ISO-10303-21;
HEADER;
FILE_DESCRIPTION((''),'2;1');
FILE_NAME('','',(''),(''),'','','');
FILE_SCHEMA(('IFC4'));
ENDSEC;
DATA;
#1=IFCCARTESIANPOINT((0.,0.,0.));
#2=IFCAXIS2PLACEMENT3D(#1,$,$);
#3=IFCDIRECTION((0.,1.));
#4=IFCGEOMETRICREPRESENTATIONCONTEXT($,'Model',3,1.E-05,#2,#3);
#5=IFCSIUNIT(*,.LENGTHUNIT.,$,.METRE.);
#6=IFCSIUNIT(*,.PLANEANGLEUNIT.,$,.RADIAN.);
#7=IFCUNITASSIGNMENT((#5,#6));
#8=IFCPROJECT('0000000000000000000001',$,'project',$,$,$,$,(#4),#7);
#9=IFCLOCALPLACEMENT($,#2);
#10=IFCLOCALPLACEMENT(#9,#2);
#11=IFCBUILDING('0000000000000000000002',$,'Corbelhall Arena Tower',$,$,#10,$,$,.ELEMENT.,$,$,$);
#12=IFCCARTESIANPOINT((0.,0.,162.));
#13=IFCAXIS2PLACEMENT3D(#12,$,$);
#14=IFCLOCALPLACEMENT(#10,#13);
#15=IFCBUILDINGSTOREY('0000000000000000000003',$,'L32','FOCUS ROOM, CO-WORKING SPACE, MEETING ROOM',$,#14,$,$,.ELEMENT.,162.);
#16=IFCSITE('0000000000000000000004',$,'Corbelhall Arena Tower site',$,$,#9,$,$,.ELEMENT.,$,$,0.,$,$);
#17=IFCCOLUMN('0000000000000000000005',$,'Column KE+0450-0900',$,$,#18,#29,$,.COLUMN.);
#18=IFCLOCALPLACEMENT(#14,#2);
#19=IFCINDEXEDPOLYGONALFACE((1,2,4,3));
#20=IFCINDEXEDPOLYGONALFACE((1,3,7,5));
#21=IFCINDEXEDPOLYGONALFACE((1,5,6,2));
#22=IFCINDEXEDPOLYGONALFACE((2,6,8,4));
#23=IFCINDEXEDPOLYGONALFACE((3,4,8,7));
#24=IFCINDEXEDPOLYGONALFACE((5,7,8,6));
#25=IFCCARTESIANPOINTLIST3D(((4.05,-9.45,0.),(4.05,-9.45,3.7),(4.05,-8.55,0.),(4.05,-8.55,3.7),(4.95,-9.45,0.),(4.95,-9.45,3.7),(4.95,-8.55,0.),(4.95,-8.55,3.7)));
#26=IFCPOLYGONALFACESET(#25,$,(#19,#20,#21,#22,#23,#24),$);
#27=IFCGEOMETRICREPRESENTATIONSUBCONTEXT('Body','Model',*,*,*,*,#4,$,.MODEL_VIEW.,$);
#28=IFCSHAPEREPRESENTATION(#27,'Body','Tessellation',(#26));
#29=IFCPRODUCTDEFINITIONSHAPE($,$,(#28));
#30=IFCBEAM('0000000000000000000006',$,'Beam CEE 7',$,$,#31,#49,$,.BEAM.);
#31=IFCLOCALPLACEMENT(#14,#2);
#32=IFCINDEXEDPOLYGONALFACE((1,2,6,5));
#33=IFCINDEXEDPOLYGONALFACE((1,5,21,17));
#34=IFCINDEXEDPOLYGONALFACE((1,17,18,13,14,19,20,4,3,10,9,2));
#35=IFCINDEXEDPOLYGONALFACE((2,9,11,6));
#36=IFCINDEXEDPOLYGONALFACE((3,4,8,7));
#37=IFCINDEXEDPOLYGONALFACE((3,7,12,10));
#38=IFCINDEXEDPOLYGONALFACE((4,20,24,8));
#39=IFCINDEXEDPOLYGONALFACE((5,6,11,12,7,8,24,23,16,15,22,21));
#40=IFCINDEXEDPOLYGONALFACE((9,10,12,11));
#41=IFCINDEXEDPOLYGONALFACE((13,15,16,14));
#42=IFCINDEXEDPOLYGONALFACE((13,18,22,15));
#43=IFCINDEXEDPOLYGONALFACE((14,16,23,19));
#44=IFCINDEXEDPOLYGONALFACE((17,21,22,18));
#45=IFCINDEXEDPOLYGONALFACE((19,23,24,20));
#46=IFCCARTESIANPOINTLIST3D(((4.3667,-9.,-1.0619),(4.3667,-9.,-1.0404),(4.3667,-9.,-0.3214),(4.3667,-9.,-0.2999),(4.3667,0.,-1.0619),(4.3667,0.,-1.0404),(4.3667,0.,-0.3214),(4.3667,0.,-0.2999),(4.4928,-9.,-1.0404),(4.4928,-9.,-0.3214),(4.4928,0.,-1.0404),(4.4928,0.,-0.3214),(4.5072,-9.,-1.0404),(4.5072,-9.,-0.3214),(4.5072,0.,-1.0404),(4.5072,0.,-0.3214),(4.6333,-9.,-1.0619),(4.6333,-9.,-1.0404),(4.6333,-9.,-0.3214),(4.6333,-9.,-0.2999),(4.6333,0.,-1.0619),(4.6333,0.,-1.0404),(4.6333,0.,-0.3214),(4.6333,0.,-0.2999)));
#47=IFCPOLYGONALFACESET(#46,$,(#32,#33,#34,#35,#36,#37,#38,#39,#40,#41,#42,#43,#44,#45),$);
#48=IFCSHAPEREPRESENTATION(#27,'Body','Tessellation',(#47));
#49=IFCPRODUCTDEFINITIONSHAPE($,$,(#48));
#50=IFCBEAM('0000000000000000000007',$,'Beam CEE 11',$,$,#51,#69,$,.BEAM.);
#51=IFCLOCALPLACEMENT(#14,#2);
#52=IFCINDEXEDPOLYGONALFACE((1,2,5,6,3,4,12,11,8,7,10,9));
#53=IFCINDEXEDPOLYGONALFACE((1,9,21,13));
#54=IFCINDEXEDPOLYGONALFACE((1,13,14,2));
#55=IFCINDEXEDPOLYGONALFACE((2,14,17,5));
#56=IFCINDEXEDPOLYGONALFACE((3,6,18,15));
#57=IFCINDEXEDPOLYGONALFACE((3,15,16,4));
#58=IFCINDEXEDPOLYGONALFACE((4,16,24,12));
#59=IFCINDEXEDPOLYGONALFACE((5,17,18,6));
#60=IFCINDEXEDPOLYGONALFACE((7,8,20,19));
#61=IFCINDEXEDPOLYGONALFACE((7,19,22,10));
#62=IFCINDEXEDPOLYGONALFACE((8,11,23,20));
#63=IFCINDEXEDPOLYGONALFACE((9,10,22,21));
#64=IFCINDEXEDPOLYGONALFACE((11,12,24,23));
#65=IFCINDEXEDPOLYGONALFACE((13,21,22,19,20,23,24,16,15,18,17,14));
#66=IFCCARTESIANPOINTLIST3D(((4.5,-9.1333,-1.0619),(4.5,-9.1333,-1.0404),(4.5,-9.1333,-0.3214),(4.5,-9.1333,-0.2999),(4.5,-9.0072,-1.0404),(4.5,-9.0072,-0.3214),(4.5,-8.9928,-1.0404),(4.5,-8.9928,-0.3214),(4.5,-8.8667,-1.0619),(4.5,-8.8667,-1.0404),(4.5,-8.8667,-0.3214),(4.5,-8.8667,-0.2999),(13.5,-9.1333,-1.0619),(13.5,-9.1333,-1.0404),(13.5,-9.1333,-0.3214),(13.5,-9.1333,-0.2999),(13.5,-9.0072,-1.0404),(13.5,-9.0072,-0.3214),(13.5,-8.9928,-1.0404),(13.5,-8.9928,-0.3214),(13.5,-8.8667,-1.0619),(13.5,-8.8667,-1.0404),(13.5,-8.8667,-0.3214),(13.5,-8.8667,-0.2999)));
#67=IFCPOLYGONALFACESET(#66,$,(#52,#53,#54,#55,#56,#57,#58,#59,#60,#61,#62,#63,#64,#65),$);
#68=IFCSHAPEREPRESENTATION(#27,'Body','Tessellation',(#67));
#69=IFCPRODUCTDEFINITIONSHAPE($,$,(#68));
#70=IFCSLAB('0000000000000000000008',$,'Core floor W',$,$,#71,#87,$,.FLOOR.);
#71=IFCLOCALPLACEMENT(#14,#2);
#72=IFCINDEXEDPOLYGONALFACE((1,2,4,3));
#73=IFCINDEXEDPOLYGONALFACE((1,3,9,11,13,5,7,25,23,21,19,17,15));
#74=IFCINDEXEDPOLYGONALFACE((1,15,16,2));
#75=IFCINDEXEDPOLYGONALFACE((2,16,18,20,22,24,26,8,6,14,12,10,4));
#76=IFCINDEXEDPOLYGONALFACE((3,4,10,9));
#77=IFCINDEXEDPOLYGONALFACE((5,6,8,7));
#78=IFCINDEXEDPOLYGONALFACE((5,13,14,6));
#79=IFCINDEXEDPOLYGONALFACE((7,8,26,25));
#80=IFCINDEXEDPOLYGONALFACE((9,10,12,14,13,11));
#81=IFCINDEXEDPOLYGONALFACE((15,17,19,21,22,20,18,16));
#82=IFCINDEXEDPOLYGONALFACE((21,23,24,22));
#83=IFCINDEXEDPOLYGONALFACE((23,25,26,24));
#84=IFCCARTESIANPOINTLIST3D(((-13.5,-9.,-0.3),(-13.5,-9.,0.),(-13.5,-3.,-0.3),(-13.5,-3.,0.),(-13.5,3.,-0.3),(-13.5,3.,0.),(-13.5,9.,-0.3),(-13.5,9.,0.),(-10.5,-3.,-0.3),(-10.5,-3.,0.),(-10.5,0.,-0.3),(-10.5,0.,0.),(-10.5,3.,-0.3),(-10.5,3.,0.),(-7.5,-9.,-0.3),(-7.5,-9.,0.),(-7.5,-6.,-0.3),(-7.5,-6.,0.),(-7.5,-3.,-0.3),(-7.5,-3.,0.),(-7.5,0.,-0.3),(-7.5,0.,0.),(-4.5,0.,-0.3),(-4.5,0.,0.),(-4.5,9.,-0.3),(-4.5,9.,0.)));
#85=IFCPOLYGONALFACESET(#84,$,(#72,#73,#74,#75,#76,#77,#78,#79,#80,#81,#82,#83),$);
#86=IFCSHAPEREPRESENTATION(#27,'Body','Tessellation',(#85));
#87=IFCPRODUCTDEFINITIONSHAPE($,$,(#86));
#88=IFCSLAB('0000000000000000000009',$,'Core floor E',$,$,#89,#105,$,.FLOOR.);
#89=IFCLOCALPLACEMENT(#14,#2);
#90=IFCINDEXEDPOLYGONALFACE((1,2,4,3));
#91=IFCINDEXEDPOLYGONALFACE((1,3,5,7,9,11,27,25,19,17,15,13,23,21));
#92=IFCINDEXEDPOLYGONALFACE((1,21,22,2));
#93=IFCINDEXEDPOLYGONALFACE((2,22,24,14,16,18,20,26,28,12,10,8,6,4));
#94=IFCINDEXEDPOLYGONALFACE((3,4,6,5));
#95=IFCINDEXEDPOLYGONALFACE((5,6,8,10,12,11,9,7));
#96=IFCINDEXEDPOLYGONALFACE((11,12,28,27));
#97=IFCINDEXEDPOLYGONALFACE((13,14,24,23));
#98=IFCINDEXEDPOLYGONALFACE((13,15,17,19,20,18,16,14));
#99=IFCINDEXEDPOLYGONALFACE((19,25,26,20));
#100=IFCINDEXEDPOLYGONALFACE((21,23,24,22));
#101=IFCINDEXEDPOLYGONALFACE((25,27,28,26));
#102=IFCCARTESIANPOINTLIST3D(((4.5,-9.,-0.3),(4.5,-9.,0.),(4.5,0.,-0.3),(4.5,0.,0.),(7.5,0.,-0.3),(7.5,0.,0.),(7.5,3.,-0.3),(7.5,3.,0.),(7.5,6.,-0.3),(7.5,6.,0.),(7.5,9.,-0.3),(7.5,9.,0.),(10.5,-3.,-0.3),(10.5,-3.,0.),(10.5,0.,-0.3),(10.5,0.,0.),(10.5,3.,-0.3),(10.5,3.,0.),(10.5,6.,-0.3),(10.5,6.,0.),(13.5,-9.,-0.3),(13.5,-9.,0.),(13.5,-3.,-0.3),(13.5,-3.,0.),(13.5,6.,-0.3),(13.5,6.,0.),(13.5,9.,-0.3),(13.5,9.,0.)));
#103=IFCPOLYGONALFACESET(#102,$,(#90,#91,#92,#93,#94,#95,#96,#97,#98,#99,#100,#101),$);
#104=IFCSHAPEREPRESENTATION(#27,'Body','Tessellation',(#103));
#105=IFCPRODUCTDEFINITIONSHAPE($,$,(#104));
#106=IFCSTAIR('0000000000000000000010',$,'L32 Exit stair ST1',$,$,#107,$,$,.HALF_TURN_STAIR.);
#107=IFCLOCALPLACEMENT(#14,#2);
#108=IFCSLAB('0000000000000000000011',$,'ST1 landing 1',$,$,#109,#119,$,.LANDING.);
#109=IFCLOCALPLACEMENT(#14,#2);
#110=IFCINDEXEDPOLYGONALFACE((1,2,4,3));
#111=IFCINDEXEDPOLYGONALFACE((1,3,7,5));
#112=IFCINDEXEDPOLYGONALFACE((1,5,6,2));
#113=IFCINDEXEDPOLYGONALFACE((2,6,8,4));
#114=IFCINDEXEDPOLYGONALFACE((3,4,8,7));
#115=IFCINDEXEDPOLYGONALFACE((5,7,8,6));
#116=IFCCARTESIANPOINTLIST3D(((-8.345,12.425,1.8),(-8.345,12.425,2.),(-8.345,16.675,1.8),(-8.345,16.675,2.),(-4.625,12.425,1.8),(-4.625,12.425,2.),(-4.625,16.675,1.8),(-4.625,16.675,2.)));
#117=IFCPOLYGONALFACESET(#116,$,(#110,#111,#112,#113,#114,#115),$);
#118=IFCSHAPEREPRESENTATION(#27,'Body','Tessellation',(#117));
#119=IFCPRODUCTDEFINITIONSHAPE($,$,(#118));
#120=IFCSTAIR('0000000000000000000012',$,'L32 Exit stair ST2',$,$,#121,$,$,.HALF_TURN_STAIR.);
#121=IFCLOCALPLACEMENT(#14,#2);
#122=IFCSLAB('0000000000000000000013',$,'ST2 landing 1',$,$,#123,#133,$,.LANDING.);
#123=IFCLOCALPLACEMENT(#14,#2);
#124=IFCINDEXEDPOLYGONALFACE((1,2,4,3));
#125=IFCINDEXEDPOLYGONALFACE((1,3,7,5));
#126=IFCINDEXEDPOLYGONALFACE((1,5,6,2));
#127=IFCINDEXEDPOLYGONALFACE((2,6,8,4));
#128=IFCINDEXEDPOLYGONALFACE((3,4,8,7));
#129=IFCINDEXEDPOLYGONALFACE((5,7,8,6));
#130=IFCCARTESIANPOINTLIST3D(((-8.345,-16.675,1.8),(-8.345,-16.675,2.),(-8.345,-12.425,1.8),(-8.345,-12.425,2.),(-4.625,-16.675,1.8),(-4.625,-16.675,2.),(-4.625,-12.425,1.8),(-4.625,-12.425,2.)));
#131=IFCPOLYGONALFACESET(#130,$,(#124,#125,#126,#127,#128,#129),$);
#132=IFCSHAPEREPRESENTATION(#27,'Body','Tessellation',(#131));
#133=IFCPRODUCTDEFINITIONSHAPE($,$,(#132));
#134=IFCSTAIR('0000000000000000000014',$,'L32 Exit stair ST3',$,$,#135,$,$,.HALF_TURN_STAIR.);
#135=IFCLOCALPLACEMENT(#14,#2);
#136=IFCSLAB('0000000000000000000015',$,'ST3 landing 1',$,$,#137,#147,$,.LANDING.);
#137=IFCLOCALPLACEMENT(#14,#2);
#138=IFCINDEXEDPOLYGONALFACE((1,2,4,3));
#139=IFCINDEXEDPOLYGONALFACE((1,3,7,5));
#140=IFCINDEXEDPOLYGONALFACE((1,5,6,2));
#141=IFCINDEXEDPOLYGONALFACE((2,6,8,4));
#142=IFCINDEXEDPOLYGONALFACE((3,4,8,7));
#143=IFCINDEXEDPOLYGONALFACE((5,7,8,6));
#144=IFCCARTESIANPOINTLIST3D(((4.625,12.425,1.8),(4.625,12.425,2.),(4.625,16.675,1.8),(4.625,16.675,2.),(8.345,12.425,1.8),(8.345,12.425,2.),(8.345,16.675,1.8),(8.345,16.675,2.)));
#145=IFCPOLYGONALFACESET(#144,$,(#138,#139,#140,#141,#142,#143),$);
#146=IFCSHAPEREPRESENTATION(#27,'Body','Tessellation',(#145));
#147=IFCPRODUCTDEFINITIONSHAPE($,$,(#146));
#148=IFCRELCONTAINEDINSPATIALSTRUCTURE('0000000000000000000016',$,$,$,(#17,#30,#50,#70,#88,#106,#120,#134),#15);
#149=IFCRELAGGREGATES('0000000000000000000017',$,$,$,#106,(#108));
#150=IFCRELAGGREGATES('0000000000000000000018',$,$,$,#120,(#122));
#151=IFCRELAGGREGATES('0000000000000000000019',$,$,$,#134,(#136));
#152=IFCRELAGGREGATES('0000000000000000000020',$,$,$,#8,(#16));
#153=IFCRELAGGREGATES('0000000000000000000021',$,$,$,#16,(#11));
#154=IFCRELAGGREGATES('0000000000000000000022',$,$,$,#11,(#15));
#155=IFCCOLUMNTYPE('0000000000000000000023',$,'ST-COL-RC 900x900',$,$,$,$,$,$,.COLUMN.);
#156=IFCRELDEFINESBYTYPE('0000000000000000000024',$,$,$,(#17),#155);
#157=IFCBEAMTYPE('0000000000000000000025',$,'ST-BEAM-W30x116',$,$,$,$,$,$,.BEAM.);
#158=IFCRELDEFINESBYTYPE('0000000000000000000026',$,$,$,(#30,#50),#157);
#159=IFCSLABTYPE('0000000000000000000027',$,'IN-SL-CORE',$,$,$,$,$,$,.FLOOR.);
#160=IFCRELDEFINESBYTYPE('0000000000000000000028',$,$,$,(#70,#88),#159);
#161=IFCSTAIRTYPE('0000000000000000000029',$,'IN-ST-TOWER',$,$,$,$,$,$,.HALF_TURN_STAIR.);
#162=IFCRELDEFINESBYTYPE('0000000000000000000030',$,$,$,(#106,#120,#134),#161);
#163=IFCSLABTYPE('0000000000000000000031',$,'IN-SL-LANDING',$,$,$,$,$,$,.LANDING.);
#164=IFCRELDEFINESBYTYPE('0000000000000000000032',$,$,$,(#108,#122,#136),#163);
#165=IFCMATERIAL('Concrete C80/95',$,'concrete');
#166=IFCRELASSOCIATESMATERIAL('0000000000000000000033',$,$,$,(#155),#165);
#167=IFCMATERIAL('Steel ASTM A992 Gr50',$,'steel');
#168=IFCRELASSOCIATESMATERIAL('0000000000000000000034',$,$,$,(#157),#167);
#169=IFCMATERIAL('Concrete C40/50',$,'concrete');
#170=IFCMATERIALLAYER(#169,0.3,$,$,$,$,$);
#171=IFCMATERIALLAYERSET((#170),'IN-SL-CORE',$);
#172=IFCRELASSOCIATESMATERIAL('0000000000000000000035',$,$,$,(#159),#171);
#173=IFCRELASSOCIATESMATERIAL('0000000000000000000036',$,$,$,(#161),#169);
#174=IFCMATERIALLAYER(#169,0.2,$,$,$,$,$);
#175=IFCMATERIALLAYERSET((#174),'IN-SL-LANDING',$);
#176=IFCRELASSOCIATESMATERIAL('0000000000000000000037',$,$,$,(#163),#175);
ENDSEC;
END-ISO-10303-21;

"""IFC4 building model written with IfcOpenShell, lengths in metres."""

from ifc_helpers import new_model, si_unit, direction, frame, origin, origin_2d, place, context, subcontext, project, spatial, polyline, rectangle, i_section, outline, extrude, material, layer, layer_set, material_profile, profile_set, type_object, element, aggregate, save


model = new_model("IFC4")

# Units and contexts
model_context = context("Model", 3, precision=1e-05, world=origin(), true_north=direction((0.0, 1.0)))
body_context = subcontext(model_context, "Body", "Model", "MODEL_VIEW")
ifc_project = project(units=[si_unit("LENGTHUNIT", "METRE"), si_unit("PLANEANGLEUNIT", "RADIAN")], contexts=[model_context])

# Site, building, storey
site_placement = place(None, origin())
site = spatial("IfcSite", under=ifc_project, at=site_placement, Name="Corbelhall Arena Tower site", CompositionType="ELEMENT", RefElevation=0.0)
building_placement = place(site_placement, origin())
building = spatial("IfcBuilding", under=site, at=building_placement, Name="Corbelhall Arena Tower", CompositionType="ELEMENT")
storey_placement = place(building_placement, frame((0.0, 0.0, 162.0)))
storey = spatial("IfcBuildingStorey", under=building, at=storey_placement, Name="L32", Description="FOCUS ROOM, CO-WORKING SPACE, MEETING ROOM", CompositionType="ELEMENT", Elevation=162.0)

# Column
ifc_material_1 = material(Name="Concrete C80/95", Category="concrete")
ifc_material_profile_1 = material_profile(ifc_material_1, rectangle(XDim=0.8999, YDim=0.8999, at=origin_2d()))
ifc_profile_set_1 = profile_set([ifc_material_profile_1], Name="Concrete C80/95")
column_type = type_object("IfcColumnType", Name="ST-COL-RC 900x900", PredefinedType="COLUMN", material=ifc_profile_set_1)
column_placement = place(storey_placement, frame((4.5, -9.0, 0.0), z_axis=(0.0, 0.0, 1.0), x_axis=(1.0, 0.0, 0.0)))
element("IfcColumn", 1, at=column_placement, inside=storey, type_object=column_type, Name="Column KE+0450-0900", PredefinedType="COLUMN", context=body_context, shape_type="SweptSolid", body=[
    extrude(rectangle(XDim=0.8999, YDim=0.8999, at=origin_2d()), origin(), (0.0, 0.0, 1.0), 3.7),
])

# Beams
ifc_material_2 = material(Name="Steel ASTM A992 Gr50", Category="steel")
ifc_material_profile_2 = material_profile(ifc_material_2, i_section(OverallWidth=0.2666, OverallDepth=0.762, WebThickness=0.0144, FlangeThickness=0.0215, at=origin_2d()))
ifc_profile_set_2 = profile_set([ifc_material_profile_2], Name="Steel ASTM A992 Gr50")
beam_type = type_object("IfcBeamType", Name="ST-BEAM-W30x116", PredefinedType="BEAM", material=ifc_profile_set_2)
for number, where, z_axis, x_axis, name in (
    (2, (4.5, -9.0, -0.6809), (0.0, 1.0, 0.0), (-1.0, 0.0, 0.0), "Beam CEE 7"),
    (3, (4.5, -9.0, -0.6809), (1.0, 0.0, 0.0), (0.0, 1.0, 0.0), "Beam CEE 11"),
):
    element("IfcBeam", number, at=place(storey_placement, frame(where, z_axis=z_axis, x_axis=x_axis)), inside=storey, type_object=beam_type, Name=name, PredefinedType="BEAM", context=body_context, shape_type="SweptSolid", body=[
        extrude(i_section(OverallWidth=0.2666, OverallDepth=0.762, WebThickness=0.0144, FlangeThickness=0.0215, at=origin_2d()), origin(), (0.0, 0.0, 1.0), 9.0),
    ])

# Slabs
ifc_material_3 = material(Name="Concrete C40/50", Category="concrete")
ifc_layer_1 = layer(ifc_material_3, 0.3)
ifc_layer_set_1 = layer_set([ifc_layer_1], Name="IN-SL-CORE")
slab_type_1 = type_object("IfcSlabType", Name="IN-SL-CORE", PredefinedType="FLOOR", material=ifc_layer_set_1)
slab_1_placement = place(storey_placement, frame((0.0, 0.0, -0.3)))
element("IfcSlab", 4, at=slab_1_placement, inside=storey, type_object=slab_type_1, Name="Core floor W", PredefinedType="FLOOR", context=body_context, shape_type="SweptSolid", body=[
    extrude(outline(polyline([(-7.5, 0.0), (-4.5, 0.0), (-4.5, 9.0), (-13.5, 9.0), (-13.5, 3.0), (-10.5, 3.0), (-10.5, 0.0), (-10.5, -3.0), (-13.5, -3.0), (-13.5, -9.0), (-7.5, -9.0), (-7.5, -6.0), (-7.5, -3.0), (-7.5, 0.0)])), origin(), (0.0, 0.0, 1.0), 0.3),
])
slab_2_placement = place(storey_placement, frame((0.0, 0.0, -0.3)))
element("IfcSlab", 5, at=slab_2_placement, inside=storey, type_object=slab_type_1, Name="Core floor E", PredefinedType="FLOOR", context=body_context, shape_type="SweptSolid", body=[
    extrude(outline(polyline([(7.5, 0.0), (4.5, 0.0), (4.5, -9.0), (13.5, -9.0), (13.5, -3.0), (10.5, -3.0), (10.5, 0.0), (10.5, 3.0), (10.5, 6.0), (13.5, 6.0), (13.5, 9.0), (7.5, 9.0), (7.5, 6.0), (7.5, 3.0), (7.5, 0.0)])), origin(), (0.0, 0.0, 1.0), 0.3),
])

# Stairs, slabs
stair_type = type_object("IfcStairType", Name="IN-ST-TOWER", PredefinedType="HALF_TURN_STAIR", material=ifc_material_3)
stair_1_placement = place(storey_placement, origin())
stair_1 = element("IfcStair", 6, at=stair_1_placement, inside=storey, type_object=stair_type, Name="L32 Exit stair ST1", PredefinedType="HALF_TURN_STAIR")
ifc_layer_2 = layer(ifc_material_3, 0.2)
ifc_layer_set_2 = layer_set([ifc_layer_2], Name="IN-SL-LANDING")
slab_type_2 = type_object("IfcSlabType", Name="IN-SL-LANDING", PredefinedType="LANDING", material=ifc_layer_set_2)
slab_3_placement = place(storey_placement, frame((0.0, 0.0, 1.8)))
slab_3 = element("IfcSlab", 7, at=slab_3_placement, type_object=slab_type_2, Name="ST1 landing 1", PredefinedType="LANDING", context=body_context, shape_type="SweptSolid", body=[
    extrude(outline(polyline([(-8.345, 12.425), (-4.625, 12.425), (-4.625, 16.675), (-8.345, 16.675), (-8.345, 12.425)])), origin(), (0.0, 0.0, 1.0), 0.2),
])
aggregate(stair_1, [slab_3])
stair_2_placement = place(storey_placement, origin())
stair_2 = element("IfcStair", 8, at=stair_2_placement, inside=storey, type_object=stair_type, Name="L32 Exit stair ST2", PredefinedType="HALF_TURN_STAIR")
slab_4_placement = place(storey_placement, frame((0.0, 0.0, 1.8)))
slab_4 = element("IfcSlab", 9, at=slab_4_placement, type_object=slab_type_2, Name="ST2 landing 1", PredefinedType="LANDING", context=body_context, shape_type="SweptSolid", body=[
    extrude(outline(polyline([(-8.345, -16.675), (-4.625, -16.675), (-4.625, -12.425), (-8.345, -12.425), (-8.345, -16.675)])), origin(), (0.0, 0.0, 1.0), 0.2),
])
aggregate(stair_2, [slab_4])
stair_3_placement = place(storey_placement, origin())
stair_3 = element("IfcStair", 10, at=stair_3_placement, inside=storey, type_object=stair_type, Name="L32 Exit stair ST3", PredefinedType="HALF_TURN_STAIR")
slab_5_placement = place(storey_placement, frame((0.0, 0.0, 1.8)))
slab_5 = element("IfcSlab", 11, at=slab_5_placement, type_object=slab_type_2, Name="ST3 landing 1", PredefinedType="LANDING", context=body_context, shape_type="SweptSolid", body=[
    extrude(outline(polyline([(8.345, 16.675), (4.625, 16.675), (4.625, 12.425), (8.345, 12.425), (8.345, 16.675)])), origin(), (0.0, 0.0, 1.0), 0.2),
])
aggregate(stair_3, [slab_5])

save(model, "model.ifc")
